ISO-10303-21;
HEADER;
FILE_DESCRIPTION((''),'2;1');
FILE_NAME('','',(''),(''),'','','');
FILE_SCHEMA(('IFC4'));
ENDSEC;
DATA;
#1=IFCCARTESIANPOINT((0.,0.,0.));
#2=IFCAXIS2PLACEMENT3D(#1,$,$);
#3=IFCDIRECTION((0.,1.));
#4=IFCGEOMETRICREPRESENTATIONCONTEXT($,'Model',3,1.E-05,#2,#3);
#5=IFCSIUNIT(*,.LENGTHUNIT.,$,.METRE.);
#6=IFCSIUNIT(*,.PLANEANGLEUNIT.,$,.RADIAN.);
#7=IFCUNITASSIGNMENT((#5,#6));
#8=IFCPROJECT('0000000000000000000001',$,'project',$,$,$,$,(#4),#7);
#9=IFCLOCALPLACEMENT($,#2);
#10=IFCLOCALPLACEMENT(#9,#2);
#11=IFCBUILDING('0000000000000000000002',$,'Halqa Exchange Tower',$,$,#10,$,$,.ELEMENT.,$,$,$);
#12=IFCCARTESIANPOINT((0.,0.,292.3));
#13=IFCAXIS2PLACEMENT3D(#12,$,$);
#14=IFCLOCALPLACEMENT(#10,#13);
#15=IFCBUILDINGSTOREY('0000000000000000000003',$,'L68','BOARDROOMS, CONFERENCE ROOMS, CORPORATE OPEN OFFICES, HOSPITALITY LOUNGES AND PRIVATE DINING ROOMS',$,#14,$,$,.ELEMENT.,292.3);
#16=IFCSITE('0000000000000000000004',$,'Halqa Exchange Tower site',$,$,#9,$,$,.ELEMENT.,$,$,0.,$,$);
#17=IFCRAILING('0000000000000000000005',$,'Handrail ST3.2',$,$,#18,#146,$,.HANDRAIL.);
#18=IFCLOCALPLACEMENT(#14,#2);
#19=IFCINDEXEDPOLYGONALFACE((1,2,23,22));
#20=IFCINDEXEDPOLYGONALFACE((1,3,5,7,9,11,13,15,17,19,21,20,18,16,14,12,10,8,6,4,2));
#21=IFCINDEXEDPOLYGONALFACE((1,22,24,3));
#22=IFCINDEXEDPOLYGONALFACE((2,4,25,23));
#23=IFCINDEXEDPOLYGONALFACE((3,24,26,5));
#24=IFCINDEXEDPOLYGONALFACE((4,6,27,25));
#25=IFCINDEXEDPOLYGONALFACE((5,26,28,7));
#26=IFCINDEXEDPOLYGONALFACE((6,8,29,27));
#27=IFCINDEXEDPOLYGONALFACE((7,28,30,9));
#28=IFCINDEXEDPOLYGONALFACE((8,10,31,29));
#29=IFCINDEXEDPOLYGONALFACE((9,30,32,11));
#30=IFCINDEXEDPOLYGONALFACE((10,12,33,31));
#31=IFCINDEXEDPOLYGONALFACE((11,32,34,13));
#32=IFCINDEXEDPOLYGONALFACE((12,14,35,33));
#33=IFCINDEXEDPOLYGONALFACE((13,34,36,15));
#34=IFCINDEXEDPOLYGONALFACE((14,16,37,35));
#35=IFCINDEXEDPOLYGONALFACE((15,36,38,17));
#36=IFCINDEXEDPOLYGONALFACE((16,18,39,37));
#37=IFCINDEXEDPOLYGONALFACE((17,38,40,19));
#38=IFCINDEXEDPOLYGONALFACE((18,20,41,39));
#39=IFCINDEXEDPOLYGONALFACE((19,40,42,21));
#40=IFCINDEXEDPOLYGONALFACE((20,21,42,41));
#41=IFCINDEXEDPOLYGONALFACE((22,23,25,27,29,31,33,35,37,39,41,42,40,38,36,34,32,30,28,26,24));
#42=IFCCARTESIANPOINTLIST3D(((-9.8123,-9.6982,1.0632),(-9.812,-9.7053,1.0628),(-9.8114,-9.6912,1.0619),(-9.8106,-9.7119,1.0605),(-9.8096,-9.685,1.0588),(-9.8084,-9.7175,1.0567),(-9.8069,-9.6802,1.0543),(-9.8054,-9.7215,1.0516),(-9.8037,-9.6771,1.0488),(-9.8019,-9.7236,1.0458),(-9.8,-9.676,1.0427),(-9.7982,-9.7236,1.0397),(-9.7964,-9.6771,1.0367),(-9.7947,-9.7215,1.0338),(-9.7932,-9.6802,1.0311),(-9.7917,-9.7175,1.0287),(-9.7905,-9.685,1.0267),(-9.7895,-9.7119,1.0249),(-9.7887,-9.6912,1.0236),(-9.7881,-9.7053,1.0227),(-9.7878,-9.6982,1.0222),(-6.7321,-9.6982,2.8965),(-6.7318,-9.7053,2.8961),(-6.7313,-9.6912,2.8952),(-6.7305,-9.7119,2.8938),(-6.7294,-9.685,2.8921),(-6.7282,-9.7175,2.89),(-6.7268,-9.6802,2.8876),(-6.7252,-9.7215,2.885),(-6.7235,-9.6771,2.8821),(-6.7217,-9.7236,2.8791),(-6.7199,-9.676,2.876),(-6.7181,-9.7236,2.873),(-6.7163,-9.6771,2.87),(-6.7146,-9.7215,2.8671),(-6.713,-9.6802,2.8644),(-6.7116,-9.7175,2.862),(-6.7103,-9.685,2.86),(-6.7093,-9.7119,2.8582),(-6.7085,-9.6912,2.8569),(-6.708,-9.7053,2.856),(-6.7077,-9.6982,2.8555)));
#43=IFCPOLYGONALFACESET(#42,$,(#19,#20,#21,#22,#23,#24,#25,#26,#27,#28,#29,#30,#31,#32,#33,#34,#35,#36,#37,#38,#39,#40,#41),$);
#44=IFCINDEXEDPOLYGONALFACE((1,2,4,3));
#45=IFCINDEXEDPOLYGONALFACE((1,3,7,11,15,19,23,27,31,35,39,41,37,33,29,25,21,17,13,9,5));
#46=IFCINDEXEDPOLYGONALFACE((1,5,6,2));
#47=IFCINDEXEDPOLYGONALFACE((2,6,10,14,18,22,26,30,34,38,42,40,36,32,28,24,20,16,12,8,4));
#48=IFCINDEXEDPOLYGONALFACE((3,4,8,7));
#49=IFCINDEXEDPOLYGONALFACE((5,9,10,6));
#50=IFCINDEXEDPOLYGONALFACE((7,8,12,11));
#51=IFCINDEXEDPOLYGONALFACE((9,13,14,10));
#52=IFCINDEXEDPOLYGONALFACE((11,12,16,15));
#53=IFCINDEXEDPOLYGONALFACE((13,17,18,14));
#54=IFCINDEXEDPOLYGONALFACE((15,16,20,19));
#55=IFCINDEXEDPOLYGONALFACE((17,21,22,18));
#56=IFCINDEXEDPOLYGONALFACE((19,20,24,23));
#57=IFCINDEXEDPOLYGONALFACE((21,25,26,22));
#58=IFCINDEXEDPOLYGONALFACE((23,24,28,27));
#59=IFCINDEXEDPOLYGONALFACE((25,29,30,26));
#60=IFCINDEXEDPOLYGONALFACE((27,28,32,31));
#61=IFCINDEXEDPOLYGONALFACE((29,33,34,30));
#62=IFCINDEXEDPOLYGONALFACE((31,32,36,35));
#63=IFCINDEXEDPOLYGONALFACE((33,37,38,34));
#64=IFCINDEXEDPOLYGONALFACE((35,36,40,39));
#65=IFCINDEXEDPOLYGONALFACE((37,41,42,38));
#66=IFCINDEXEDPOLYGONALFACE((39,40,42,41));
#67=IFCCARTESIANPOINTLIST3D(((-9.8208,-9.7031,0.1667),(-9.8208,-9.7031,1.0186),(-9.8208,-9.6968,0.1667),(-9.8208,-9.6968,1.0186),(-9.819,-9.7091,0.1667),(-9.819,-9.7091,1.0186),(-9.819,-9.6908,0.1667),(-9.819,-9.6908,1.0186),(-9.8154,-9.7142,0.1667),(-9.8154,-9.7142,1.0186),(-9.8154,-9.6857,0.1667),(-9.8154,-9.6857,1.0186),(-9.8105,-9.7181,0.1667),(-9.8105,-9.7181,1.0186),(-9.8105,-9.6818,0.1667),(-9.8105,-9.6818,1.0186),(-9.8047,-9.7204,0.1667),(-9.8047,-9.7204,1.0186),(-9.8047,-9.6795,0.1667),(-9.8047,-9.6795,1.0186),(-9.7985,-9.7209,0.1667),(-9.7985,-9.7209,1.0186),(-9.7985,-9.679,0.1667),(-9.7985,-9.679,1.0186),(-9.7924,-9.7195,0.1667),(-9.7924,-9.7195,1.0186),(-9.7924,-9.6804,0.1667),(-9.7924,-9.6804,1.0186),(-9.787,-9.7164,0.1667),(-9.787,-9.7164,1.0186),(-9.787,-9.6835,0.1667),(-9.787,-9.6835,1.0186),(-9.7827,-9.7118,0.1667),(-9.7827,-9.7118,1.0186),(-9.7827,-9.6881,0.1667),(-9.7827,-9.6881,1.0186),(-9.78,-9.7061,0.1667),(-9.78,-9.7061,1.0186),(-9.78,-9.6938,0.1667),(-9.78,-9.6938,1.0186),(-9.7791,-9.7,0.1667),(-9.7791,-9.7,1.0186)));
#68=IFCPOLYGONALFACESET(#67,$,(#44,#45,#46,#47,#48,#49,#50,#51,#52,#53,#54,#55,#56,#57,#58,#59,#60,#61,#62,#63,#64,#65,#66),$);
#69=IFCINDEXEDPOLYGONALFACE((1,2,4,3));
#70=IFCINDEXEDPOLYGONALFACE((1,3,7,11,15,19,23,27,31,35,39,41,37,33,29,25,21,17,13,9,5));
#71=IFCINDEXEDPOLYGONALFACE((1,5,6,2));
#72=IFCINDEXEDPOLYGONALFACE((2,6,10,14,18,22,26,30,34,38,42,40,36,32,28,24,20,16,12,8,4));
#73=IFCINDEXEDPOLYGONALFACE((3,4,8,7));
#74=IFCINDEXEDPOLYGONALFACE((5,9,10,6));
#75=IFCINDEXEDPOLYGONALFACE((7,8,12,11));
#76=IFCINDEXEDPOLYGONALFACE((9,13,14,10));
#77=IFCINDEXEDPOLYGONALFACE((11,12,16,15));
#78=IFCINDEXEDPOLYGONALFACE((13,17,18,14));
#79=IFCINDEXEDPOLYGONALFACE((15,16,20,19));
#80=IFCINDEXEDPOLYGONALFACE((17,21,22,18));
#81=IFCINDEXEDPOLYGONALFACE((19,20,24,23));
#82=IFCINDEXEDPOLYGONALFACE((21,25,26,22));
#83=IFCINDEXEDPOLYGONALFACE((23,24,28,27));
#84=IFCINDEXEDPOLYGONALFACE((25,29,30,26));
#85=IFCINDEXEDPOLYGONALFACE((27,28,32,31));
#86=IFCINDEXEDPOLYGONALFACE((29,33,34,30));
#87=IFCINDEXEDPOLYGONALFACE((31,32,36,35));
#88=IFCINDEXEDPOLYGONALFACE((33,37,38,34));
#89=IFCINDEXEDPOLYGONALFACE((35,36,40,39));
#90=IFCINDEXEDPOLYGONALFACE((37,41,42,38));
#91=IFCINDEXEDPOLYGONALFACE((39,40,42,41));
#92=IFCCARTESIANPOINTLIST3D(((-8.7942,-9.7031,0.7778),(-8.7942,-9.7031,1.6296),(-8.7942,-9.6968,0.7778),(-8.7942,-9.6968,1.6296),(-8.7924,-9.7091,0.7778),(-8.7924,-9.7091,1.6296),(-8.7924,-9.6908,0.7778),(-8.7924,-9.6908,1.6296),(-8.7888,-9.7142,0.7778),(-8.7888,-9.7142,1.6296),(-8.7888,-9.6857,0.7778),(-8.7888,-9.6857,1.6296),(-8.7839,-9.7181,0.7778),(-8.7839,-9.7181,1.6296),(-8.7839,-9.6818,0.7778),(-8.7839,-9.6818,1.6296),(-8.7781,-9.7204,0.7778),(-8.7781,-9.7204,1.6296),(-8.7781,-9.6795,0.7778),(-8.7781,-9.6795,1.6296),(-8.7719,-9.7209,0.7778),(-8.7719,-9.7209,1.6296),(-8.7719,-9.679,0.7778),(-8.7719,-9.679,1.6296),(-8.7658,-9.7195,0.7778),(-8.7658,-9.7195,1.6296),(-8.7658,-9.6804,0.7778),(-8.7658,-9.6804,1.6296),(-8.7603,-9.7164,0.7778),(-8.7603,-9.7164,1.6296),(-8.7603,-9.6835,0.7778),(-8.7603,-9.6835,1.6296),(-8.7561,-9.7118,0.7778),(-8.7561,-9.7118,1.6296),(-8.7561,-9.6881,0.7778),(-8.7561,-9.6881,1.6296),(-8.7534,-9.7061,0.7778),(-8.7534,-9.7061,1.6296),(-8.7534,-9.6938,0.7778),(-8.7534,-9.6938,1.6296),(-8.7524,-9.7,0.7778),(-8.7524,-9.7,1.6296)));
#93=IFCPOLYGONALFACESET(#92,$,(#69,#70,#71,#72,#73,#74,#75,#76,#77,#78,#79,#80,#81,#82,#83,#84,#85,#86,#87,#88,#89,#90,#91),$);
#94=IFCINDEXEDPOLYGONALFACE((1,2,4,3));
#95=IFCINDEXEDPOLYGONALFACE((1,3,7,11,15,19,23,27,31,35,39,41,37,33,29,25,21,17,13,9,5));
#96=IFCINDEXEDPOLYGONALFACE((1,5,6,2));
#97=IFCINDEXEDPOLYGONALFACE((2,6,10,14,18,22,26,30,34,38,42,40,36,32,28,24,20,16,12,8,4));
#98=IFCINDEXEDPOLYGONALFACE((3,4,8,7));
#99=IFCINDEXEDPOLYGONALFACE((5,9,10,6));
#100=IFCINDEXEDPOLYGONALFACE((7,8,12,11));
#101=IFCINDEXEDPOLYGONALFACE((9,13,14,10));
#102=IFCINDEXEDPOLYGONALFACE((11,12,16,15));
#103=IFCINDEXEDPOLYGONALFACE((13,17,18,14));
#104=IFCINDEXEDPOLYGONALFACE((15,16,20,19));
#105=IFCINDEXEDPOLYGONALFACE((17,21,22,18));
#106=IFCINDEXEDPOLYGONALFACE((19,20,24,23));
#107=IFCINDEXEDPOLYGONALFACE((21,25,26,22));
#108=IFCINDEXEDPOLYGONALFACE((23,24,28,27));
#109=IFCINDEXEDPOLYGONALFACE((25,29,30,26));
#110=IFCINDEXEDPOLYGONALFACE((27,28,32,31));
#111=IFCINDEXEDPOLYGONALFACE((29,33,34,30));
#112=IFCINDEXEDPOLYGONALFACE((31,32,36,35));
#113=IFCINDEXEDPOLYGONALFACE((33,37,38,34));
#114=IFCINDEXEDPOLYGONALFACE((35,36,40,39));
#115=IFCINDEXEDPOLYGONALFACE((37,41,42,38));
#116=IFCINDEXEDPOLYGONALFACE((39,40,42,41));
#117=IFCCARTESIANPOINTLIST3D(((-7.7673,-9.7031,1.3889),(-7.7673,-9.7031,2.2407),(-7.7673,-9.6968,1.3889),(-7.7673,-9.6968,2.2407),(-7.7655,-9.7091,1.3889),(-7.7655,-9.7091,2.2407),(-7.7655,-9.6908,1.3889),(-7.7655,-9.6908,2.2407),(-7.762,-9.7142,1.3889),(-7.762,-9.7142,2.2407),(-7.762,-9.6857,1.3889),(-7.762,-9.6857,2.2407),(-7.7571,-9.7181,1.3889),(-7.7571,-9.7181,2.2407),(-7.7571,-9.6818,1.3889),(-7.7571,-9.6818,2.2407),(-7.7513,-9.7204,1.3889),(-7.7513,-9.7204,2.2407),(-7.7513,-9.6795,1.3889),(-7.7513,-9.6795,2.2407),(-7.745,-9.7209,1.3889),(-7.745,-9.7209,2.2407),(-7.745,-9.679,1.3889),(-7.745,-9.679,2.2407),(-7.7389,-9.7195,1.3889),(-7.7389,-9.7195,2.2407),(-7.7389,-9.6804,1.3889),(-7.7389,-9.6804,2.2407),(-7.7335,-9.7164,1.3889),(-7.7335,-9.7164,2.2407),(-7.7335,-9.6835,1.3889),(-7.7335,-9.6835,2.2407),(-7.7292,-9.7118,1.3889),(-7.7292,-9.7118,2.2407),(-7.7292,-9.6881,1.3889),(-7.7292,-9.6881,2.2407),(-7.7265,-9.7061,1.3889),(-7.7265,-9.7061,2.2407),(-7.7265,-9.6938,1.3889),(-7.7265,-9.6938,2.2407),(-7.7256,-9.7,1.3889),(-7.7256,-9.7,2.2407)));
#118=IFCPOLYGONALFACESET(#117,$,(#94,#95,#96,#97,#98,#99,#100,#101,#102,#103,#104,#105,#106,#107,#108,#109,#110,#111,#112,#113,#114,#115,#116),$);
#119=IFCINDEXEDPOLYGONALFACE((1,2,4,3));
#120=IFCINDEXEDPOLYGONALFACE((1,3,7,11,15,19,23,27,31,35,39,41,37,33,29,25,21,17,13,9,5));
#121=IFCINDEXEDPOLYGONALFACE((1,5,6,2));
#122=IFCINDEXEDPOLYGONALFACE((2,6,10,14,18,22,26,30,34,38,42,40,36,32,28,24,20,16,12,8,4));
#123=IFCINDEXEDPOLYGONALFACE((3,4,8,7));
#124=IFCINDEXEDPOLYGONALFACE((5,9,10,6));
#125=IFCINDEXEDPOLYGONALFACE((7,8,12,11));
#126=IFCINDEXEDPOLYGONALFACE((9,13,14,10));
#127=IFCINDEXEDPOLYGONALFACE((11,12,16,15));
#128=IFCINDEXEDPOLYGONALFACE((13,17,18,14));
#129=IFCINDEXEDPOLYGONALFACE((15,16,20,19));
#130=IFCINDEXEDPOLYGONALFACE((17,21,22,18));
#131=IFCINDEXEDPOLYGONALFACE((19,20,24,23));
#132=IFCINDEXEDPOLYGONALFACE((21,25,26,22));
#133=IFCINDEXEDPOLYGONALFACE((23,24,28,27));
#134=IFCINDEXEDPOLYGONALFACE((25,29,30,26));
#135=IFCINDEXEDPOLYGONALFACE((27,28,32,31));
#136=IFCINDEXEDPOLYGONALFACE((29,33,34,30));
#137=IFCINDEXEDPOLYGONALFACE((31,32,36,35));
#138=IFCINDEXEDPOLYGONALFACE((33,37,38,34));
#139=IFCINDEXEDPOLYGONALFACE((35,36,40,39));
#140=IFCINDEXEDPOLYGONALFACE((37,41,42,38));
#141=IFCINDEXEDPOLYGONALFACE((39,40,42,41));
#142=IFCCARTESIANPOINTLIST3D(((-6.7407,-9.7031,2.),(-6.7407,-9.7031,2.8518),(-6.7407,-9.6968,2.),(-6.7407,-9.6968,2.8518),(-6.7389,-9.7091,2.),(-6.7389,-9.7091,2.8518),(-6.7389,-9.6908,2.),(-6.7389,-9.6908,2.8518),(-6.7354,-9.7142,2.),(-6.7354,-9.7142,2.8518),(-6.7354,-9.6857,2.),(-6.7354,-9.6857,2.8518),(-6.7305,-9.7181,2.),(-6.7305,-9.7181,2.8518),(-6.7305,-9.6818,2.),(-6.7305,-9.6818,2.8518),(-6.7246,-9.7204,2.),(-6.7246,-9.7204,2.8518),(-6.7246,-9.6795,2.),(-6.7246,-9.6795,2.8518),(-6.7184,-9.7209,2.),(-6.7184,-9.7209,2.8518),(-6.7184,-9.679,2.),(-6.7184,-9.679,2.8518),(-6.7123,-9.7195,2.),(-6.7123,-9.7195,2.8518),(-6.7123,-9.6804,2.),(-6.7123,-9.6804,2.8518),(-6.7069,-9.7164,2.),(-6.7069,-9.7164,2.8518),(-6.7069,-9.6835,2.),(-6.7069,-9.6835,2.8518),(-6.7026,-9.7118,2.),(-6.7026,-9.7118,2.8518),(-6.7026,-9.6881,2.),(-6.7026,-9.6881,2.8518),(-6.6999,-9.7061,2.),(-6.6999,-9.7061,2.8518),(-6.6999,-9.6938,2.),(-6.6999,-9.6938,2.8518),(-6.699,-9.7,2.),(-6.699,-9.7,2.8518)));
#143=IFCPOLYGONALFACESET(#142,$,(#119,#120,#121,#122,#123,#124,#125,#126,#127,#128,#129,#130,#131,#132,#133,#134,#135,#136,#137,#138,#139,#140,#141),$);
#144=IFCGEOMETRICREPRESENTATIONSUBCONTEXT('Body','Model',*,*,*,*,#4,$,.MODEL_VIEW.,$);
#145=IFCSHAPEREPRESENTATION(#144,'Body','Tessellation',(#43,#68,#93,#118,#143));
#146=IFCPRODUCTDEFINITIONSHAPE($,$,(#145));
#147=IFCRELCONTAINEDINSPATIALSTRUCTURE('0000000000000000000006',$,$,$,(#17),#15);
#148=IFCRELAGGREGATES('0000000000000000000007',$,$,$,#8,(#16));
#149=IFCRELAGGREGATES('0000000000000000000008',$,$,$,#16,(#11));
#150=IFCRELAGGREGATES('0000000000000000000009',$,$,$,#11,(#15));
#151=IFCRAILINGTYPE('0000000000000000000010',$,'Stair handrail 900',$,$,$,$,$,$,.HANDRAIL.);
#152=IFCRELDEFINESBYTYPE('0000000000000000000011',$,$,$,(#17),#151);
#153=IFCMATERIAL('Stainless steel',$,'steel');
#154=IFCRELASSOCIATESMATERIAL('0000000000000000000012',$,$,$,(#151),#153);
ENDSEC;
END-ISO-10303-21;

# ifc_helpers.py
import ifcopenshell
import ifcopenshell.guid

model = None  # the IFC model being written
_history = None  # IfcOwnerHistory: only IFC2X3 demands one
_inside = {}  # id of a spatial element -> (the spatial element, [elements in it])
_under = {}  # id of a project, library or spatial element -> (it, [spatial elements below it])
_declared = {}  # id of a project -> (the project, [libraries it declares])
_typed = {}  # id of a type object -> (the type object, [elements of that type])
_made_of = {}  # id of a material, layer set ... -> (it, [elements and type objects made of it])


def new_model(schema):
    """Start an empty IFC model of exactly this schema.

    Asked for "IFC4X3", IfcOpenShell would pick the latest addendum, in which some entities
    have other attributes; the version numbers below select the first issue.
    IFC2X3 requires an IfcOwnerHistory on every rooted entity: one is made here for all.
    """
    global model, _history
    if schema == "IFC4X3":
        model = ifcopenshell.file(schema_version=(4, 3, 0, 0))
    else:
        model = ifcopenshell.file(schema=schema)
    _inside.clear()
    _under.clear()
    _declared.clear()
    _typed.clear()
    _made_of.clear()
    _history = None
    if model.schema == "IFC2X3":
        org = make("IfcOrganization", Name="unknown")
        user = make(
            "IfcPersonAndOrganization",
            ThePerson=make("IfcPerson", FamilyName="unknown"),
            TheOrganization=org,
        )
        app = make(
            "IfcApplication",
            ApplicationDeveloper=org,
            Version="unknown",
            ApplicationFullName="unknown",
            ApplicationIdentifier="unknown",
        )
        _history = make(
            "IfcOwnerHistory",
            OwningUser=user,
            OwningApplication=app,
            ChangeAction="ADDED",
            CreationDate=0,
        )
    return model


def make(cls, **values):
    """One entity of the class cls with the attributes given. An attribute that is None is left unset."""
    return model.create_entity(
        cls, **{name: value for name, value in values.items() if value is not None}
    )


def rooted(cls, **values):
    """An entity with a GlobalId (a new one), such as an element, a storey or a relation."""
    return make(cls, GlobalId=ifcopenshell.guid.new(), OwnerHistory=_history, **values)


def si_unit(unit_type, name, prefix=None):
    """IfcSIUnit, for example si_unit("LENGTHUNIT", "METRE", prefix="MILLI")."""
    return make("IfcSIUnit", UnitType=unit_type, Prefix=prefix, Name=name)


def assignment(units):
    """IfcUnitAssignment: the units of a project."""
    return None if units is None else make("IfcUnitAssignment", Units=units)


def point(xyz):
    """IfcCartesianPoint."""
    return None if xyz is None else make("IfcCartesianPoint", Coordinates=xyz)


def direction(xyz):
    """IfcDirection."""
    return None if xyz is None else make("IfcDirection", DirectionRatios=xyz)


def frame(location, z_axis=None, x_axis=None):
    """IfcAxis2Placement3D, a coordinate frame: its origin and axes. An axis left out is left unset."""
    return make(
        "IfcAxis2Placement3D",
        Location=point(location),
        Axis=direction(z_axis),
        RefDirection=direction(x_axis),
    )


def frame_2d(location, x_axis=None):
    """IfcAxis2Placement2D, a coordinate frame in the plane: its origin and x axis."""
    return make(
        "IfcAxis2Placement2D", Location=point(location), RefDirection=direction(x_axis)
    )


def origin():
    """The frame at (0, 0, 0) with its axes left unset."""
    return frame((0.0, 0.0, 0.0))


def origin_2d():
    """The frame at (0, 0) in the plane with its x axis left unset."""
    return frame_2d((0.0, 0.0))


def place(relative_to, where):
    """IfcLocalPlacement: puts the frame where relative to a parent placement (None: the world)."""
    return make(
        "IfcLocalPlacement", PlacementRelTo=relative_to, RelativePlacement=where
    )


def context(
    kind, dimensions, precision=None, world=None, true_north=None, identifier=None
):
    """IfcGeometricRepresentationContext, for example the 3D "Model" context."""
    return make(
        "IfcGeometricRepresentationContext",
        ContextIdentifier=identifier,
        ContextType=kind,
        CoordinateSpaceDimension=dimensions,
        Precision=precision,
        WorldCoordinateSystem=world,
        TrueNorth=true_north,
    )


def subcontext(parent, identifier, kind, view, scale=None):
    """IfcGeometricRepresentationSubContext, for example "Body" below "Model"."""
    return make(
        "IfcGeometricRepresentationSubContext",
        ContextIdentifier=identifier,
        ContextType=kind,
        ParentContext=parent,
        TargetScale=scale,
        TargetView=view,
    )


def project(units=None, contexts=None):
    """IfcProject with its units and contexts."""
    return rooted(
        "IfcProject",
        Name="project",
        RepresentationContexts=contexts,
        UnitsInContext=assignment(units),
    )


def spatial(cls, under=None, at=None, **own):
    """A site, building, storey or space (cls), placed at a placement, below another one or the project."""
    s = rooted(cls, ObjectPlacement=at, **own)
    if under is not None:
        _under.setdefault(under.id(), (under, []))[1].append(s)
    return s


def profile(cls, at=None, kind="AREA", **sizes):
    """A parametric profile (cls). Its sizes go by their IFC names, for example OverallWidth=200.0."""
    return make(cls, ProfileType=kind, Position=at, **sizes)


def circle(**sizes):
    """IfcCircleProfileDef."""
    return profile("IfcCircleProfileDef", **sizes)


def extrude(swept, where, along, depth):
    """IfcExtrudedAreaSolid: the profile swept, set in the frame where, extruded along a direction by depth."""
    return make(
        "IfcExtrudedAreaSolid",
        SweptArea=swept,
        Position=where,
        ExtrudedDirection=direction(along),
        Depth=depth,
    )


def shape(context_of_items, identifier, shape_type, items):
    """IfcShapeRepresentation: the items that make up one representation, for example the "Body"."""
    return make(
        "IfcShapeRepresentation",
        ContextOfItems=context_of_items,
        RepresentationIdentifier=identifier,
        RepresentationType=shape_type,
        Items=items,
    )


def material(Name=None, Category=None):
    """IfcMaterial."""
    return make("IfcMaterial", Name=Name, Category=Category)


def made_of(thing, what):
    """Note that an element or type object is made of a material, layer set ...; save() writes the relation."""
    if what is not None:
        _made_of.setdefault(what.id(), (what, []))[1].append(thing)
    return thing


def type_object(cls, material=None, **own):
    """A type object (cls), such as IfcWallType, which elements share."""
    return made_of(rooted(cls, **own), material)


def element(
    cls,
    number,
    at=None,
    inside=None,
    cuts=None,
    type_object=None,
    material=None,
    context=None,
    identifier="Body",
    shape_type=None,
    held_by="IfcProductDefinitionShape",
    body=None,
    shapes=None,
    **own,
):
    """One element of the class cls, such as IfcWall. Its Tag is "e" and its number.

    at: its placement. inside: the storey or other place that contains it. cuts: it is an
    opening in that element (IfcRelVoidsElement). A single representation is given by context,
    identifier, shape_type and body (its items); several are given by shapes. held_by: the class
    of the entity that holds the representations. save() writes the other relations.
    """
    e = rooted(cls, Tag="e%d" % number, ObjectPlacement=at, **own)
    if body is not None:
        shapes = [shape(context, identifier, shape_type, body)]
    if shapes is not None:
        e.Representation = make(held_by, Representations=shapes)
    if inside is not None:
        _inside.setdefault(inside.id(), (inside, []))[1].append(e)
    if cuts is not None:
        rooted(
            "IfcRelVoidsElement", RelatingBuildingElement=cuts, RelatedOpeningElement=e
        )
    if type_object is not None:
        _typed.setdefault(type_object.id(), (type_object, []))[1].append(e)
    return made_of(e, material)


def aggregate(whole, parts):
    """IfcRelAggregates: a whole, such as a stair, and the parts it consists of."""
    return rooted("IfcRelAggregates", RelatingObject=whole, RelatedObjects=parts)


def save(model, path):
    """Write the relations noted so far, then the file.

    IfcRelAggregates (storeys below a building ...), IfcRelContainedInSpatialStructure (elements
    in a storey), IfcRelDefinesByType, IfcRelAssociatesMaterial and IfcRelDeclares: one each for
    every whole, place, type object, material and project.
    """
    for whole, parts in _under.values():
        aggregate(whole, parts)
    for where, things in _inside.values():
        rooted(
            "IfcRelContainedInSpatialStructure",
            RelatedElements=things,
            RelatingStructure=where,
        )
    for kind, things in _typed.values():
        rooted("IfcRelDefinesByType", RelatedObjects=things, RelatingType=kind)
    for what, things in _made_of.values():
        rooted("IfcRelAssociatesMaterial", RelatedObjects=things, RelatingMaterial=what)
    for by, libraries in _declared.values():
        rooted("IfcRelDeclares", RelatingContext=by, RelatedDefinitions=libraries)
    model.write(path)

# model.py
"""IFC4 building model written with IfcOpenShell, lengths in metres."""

from ifc_helpers import new_model, si_unit, direction, frame, origin, origin_2d, place, context, subcontext, project, spatial, circle, extrude, material, type_object, element, save


model = new_model("IFC4")

# Units and contexts
model_context = context("Model", 3, precision=1e-05, world=origin(), true_north=direction((0.0, 1.0)))
body_context = subcontext(model_context, "Body", "Model", "MODEL_VIEW")
ifc_project = project(units=[si_unit("LENGTHUNIT", "METRE"), si_unit("PLANEANGLEUNIT", "RADIAN")], contexts=[model_context])

# Site, building, storey
site_placement = place(None, origin())
site = spatial("IfcSite", under=ifc_project, at=site_placement, Name="Halqa Exchange Tower site", CompositionType="ELEMENT", RefElevation=0.0)
building_placement = place(site_placement, origin())
building = spatial("IfcBuilding", under=site, at=building_placement, Name="Halqa Exchange Tower", CompositionType="ELEMENT")
storey_placement = place(building_placement, frame((0.0, 0.0, 292.3)))
storey = spatial("IfcBuildingStorey", under=building, at=storey_placement, Name="L68", Description="BOARDROOMS, CONFERENCE ROOMS, CORPORATE OPEN OFFICES, HOSPITALITY LOUNGES AND PRIVATE DINING ROOMS", CompositionType="ELEMENT", Elevation=292.3)

# Shared definitions
ifc_material_1 = material(Name="Stainless steel", Category="steel")

# Railing
railing_type_1 = type_object("IfcRailingType", Name="Stair handrail 900", PredefinedType="HANDRAIL", material=ifc_material_1)
railing_1_placement = place(storey_placement, frame((-9.8, -9.7, 0.1667)))
element("IfcRailing", 1, at=railing_1_placement, inside=storey, type_object=railing_type_1, Name="Handrail ST3.2", PredefinedType="HANDRAIL", context=body_context, shape_type="SweptSolid", body=[
    extrude(circle(Radius=0.0239, at=origin_2d()), frame((0.0, 0.0, 0.876), z_axis=(0.859309, 0.0, 0.511458), x_axis=(0.0, 1.0, 0.0)), (0.0, 0.0, 1.0), 3.5845),
    extrude(circle(Radius=0.021, at=origin_2d()), origin(), (0.0, 0.0, 1.0), 0.8518),
    extrude(circle(Radius=0.021, at=origin_2d()), frame((1.0266, 0.0, 0.6111)), (0.0, 0.0, 1.0), 0.8518),
    extrude(circle(Radius=0.021, at=origin_2d()), frame((2.0535, 0.0, 1.2222)), (0.0, 0.0, 1.0), 0.8518),
    extrude(circle(Radius=0.021, at=origin_2d()), frame((3.0801, 0.0, 1.8333)), (0.0, 0.0, 1.0), 0.8518),
])

save(model, "model.ifc")
